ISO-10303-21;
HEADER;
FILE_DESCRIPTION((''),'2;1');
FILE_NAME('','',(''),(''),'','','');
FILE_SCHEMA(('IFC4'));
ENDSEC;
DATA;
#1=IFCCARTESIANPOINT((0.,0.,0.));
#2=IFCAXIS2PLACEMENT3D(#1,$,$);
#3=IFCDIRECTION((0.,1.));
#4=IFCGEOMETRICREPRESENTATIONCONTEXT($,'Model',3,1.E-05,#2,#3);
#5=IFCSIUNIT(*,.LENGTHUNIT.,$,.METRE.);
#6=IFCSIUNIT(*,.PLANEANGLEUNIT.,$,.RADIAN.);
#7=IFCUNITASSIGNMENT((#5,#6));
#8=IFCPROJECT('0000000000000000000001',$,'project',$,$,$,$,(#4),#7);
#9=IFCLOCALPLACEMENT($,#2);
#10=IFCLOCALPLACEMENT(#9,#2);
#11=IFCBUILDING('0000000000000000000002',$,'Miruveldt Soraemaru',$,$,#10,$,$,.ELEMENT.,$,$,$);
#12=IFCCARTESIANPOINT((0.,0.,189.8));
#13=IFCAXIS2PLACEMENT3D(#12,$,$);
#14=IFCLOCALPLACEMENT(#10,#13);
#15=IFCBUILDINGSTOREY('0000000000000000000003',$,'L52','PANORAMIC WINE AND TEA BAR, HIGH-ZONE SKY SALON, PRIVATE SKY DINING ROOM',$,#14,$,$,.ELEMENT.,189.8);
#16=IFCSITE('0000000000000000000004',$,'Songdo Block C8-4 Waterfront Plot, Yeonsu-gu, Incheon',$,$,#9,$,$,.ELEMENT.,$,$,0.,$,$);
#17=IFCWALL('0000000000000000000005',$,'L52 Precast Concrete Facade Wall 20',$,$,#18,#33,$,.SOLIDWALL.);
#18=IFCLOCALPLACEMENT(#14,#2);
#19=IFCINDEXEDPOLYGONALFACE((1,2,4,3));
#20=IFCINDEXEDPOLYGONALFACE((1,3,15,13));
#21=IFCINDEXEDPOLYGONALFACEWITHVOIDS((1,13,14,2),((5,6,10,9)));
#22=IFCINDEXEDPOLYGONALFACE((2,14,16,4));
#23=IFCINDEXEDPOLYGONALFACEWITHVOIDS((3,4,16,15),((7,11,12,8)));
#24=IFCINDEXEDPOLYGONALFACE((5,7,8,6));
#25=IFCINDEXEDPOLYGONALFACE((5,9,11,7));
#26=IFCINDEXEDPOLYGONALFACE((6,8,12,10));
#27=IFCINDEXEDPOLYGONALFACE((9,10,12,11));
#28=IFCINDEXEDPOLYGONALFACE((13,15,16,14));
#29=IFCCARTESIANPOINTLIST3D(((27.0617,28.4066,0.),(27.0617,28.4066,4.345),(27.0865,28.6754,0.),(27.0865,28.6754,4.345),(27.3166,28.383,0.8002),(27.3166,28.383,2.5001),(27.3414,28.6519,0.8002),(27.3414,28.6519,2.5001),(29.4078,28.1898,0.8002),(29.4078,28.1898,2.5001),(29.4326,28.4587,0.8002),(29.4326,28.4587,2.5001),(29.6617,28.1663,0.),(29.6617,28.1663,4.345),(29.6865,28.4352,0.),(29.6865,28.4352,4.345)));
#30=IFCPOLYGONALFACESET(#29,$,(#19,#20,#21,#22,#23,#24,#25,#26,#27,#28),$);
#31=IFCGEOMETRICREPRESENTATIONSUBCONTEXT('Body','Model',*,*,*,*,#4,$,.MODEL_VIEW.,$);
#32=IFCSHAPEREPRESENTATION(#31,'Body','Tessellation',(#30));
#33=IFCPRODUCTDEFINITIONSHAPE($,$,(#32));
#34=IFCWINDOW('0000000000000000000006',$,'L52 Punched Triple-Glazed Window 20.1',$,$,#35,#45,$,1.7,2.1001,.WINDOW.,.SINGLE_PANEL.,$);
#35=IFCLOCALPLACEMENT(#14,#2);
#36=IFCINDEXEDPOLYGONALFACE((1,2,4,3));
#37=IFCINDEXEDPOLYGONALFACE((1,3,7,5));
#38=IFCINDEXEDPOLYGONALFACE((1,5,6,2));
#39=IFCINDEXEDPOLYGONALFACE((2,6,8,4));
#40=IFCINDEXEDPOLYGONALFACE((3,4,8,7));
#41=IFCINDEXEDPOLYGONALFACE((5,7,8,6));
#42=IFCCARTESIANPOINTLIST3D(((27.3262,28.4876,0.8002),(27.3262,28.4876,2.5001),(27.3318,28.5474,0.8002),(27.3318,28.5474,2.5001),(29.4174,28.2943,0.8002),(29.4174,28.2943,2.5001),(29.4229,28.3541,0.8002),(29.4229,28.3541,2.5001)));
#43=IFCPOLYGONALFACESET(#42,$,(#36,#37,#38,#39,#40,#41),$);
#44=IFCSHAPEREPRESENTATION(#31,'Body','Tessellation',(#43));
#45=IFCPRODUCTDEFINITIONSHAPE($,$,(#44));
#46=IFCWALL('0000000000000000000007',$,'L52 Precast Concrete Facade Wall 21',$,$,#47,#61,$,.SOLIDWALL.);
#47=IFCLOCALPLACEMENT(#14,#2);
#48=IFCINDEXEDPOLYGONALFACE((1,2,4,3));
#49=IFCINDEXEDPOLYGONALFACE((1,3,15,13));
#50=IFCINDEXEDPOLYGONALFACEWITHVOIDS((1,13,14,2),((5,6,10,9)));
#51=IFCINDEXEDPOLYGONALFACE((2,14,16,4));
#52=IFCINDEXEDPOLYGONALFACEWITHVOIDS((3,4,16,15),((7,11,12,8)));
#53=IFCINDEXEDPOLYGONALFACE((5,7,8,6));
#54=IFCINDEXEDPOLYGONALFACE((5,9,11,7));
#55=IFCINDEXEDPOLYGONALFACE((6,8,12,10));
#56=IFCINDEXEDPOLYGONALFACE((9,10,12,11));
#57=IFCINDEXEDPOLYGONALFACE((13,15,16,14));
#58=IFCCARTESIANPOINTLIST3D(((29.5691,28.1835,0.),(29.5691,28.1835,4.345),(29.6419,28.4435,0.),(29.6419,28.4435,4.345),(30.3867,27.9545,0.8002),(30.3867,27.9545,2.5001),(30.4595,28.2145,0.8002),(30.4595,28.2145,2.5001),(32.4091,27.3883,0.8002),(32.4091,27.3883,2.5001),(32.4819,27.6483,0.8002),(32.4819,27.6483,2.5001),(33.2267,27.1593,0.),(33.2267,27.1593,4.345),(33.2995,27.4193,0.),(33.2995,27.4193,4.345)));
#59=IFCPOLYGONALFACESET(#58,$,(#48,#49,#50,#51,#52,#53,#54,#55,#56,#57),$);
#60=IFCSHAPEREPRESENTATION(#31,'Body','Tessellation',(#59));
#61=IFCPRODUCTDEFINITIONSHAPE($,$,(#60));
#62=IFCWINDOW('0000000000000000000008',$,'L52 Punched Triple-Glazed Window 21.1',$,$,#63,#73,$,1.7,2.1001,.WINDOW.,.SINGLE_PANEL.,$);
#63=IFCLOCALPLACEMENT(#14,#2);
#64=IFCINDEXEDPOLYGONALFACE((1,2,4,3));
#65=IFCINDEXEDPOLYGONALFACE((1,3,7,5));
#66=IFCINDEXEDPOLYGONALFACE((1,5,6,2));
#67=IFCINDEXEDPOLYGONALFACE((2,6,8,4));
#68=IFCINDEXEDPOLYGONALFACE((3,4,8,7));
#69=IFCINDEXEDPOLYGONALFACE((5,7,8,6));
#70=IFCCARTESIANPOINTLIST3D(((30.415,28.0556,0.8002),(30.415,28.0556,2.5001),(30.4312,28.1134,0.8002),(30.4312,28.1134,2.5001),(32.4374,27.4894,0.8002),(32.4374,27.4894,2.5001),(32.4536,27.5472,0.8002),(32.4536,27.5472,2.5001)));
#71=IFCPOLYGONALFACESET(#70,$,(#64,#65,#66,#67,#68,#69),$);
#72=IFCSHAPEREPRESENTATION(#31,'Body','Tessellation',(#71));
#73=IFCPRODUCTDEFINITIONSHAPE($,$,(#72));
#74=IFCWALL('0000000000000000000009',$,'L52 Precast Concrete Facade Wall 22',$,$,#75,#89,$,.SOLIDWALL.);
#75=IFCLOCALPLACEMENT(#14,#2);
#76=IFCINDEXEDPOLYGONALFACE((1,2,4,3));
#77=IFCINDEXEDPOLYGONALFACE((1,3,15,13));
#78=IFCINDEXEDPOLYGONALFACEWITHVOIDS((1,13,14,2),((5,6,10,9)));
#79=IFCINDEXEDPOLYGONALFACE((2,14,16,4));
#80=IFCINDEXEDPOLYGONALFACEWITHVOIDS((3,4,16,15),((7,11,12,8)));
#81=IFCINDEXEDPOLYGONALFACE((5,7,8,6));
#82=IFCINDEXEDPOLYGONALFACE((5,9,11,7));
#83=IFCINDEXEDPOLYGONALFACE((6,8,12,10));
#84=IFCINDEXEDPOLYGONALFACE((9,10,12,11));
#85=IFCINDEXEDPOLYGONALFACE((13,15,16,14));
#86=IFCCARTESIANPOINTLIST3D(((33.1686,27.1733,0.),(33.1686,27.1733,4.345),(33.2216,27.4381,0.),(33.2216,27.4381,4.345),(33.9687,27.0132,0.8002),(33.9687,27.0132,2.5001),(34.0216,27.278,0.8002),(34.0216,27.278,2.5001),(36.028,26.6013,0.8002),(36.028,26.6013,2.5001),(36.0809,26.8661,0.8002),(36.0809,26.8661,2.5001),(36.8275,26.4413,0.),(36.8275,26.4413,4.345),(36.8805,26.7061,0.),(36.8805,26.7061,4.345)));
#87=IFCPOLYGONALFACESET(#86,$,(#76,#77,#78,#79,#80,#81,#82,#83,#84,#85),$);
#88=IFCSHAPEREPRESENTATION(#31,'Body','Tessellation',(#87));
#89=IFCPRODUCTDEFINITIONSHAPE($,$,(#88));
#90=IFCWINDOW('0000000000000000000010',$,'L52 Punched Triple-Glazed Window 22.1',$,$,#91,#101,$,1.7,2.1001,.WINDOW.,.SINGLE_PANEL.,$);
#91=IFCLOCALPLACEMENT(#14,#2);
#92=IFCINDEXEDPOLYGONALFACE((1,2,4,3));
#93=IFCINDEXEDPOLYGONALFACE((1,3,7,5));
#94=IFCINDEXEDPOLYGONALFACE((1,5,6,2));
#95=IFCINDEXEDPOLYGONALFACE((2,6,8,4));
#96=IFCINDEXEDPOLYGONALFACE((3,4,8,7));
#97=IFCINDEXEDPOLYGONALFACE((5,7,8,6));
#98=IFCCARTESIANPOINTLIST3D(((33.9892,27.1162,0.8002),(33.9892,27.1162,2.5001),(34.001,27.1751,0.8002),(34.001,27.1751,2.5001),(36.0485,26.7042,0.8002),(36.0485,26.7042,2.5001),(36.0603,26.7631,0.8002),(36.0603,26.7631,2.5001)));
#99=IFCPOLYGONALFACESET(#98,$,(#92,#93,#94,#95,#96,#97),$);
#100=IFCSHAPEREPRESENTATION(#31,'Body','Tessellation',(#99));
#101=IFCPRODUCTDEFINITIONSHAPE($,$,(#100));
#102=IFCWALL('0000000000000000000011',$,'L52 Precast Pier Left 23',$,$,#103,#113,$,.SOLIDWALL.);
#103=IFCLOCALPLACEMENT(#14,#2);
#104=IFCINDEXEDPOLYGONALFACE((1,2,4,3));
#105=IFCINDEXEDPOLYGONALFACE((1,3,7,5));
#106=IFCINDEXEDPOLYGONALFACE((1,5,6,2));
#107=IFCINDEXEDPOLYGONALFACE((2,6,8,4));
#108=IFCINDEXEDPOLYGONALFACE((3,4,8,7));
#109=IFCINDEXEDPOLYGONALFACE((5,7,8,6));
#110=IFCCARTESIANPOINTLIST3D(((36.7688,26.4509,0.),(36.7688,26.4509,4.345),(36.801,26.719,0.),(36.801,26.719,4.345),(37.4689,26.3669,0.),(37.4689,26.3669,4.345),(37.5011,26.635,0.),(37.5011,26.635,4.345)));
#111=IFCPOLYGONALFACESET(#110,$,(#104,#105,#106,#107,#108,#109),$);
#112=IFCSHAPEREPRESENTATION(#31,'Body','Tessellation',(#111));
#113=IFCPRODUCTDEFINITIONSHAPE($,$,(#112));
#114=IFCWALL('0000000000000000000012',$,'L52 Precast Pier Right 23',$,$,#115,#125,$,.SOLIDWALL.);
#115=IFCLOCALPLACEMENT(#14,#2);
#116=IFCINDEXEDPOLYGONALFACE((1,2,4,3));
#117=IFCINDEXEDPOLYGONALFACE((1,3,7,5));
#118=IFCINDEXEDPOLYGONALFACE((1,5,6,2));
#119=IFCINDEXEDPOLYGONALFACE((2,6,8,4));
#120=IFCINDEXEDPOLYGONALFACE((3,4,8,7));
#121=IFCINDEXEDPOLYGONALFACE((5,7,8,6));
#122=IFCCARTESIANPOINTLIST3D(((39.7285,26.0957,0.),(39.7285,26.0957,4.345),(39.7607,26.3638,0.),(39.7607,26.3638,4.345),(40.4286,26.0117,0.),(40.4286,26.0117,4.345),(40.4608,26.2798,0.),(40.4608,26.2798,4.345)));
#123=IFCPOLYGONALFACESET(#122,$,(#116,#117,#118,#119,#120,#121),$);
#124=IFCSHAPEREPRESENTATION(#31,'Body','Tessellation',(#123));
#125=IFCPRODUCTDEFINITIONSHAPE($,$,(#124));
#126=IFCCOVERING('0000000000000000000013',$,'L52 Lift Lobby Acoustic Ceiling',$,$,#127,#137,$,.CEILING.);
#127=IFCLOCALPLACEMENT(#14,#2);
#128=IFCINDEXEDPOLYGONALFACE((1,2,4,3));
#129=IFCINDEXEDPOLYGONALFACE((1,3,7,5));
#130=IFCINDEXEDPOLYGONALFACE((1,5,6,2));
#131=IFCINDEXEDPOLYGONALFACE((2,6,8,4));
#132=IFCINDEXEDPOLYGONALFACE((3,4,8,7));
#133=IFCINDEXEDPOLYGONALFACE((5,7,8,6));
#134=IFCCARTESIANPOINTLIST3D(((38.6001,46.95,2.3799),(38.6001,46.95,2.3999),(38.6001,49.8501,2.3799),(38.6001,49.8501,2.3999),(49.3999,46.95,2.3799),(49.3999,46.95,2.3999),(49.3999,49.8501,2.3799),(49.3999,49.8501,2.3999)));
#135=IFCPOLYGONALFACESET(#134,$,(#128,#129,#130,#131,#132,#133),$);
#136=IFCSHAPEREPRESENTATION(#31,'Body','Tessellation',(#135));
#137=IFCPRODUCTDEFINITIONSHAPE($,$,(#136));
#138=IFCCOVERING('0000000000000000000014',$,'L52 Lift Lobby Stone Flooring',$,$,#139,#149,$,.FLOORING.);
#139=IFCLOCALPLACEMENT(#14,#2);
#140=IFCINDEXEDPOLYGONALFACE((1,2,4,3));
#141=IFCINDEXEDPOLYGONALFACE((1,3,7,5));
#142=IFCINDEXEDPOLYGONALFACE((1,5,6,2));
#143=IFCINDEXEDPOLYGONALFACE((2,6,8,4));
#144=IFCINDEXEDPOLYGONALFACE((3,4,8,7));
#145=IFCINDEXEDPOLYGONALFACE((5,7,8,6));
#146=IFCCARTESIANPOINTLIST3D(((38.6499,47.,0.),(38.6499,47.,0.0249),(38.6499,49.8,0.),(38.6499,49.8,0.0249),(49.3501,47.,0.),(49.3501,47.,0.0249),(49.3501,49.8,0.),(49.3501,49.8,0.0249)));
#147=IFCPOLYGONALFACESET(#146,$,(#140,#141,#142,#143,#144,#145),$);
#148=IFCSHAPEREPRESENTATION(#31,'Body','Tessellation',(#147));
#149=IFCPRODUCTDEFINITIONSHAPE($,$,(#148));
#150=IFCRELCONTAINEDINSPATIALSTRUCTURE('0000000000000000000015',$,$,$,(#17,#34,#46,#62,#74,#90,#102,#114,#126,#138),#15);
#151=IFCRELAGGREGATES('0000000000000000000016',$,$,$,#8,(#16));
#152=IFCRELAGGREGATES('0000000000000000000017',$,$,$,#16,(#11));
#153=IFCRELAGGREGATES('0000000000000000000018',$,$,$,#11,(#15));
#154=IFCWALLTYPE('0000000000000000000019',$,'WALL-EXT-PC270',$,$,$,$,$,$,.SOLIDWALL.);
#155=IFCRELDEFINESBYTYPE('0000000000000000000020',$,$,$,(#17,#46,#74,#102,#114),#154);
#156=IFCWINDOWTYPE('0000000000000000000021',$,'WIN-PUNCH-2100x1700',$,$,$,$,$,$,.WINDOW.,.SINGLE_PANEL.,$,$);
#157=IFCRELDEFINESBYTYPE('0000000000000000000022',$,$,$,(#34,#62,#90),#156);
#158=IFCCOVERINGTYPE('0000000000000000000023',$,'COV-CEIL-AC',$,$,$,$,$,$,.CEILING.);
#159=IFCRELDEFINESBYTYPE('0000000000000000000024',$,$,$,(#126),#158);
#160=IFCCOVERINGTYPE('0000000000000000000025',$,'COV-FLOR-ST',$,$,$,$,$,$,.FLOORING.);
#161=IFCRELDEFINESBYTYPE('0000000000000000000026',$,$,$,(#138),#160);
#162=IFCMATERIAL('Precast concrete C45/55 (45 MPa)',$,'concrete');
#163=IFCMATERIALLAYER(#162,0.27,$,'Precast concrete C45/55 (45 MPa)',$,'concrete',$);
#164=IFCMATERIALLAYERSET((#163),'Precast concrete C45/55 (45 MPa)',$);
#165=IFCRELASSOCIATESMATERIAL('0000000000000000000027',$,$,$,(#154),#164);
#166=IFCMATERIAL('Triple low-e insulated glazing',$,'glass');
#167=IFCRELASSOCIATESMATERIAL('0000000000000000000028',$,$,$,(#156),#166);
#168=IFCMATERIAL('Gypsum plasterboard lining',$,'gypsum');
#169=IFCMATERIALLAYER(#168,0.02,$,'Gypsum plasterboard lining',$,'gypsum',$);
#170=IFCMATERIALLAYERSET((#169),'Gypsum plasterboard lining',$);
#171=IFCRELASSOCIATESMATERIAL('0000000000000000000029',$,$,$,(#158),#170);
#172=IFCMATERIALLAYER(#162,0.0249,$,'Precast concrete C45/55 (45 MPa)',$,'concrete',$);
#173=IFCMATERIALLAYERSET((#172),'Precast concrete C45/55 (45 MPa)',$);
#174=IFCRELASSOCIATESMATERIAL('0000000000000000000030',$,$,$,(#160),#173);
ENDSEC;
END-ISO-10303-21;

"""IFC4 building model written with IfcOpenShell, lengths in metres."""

from ifc_helpers import new_model, si_unit, direction, frame, frame_2d, origin, place, context, subcontext, project, spatial, polyline, rectangle, outline, extrude, material, layer, layer_set, type_object, element, fill, save


model = new_model("IFC4")

# Units and contexts
model_context = context("Model", 3, precision=1e-05, world=origin(), true_north=direction((0.0, 1.0)))
body_context = subcontext(model_context, "Body", "Model", "MODEL_VIEW")
ifc_project = project(units=[si_unit("LENGTHUNIT", "METRE"), si_unit("PLANEANGLEUNIT", "RADIAN")], contexts=[model_context])

# Site, building, storey
site_placement = place(None, origin())
site = spatial("IfcSite", under=ifc_project, at=site_placement, Name="Songdo Block C8-4 Waterfront Plot, Yeonsu-gu, Incheon", CompositionType="ELEMENT", RefElevation=0.0)
building_placement = place(site_placement, origin())
building = spatial("IfcBuilding", under=site, at=building_placement, Name="Miruveldt Soraemaru", CompositionType="ELEMENT")
storey_placement = place(building_placement, frame((0.0, 0.0, 189.8)))
storey = spatial("IfcBuildingStorey", under=building, at=storey_placement, Name="L52", Description="PANORAMIC WINE AND TEA BAR, HIGH-ZONE SKY SALON, PRIVATE SKY DINING ROOM", CompositionType="ELEMENT", Elevation=189.8)

# Shared definitions
ifc_material_1 = material(Name="Triple low-e insulated glazing", Category="glass")

# Shared definitions
ifc_material_2 = material(Name="Precast concrete C45/55 (45 MPa)", Category="concrete")

# Walls, openings, windows
ifc_layer_1 = layer(ifc_material_2, 0.27, Name="Precast concrete C45/55 (45 MPa)", Category="concrete")
ifc_layer_set_1 = layer_set([ifc_layer_1], Name="Precast concrete C45/55 (45 MPa)")
wall_type = type_object("IfcWallType", Name="WALL-EXT-PC270", PredefinedType="SOLIDWALL", material=ifc_layer_set_1)
wall_1_placement = place(storey_placement, frame((27.074, 28.541, 0.0), z_axis=(0.0, 0.0, 1.0), x_axis=(0.995759, -0.092003, 0.0)))
wall_1 = element("IfcWall", 1, at=wall_1_placement, inside=storey, type_object=wall_type, Name="L52 Precast Concrete Facade Wall 20", PredefinedType="SOLIDWALL", context=body_context, shape_type="SweptSolid", body=[
    extrude(rectangle(XDim=2.6111, YDim=0.27, at=frame_2d((1.3057, 0.0))), origin(), (0.0, 0.0, 1.0), 4.345),
])
opening_1_placement = place(wall_1_placement, frame((0.2561, 0.0, 0.8)))
opening_1 = element("IfcOpeningElement", 2, at=opening_1_placement, cuts=wall_1, PredefinedType="OPENING", context=body_context, shape_type="SweptSolid", body=[
    extrude(rectangle(XDim=2.1001, YDim=1.7, at=frame_2d((1.05, 0.8501))), frame((0.0, 0.145, 0.0), z_axis=(0.0, -1.0, 0.0), x_axis=(1.0, 0.0, 0.0)), (0.0, 0.0, 1.0), 0.29),
])
window_type_1 = type_object("IfcWindowType", Name="WIN-PUNCH-2100x1700", PartitioningType="SINGLE_PANEL", PredefinedType="WINDOW", material=ifc_material_1)
window_1_placement = place(opening_1_placement, origin())
window_1 = element("IfcWindow", 3, at=window_1_placement, inside=storey, type_object=window_type_1, Name="L52 Punched Triple-Glazed Window 20.1", OverallHeight=1.7, OverallWidth=2.1001, PartitioningType="SINGLE_PANEL", PredefinedType="WINDOW", context=body_context, shape_type="SweptSolid", body=[
    extrude(rectangle(XDim=2.1001, YDim=1.7, at=frame_2d((1.05, 0.8501))), frame((0.0, 0.03, 0.0), z_axis=(0.0, -1.0, 0.0), x_axis=(1.0, 0.0, 0.0)), (0.0, 0.0, 1.0), 0.0601),
])
fill(opening_1, window_1)
wall_2_placement = place(storey_placement, frame((29.6055, 28.3135, 0.0), z_axis=(0.0, 0.0, 1.0), x_axis=(0.962963, -0.269632, 0.0)))
wall_2 = element("IfcWall", 4, at=wall_2_placement, inside=storey, type_object=wall_type, Name="L52 Precast Concrete Facade Wall 21", PredefinedType="SOLIDWALL", context=body_context, shape_type="SweptSolid", body=[
    extrude(rectangle(XDim=3.7983, YDim=0.27, at=frame_2d((1.8992, 0.0))), origin(), (0.0, 0.0, 1.0), 4.345),
])
opening_2_placement = place(wall_2_placement, frame((0.8491, 0.0, 0.8)))
opening_2 = element("IfcOpeningElement", 5, at=opening_2_placement, cuts=wall_2, PredefinedType="OPENING", context=body_context, shape_type="SweptSolid", body=[
    extrude(rectangle(XDim=2.1001, YDim=1.7, at=frame_2d((1.05, 0.8501))), frame((0.0, 0.145, 0.0), z_axis=(0.0, -1.0, 0.0), x_axis=(1.0, 0.0, 0.0)), (0.0, 0.0, 1.0), 0.29),
])
window_2_placement = place(opening_2_placement, origin())
window_2 = element("IfcWindow", 6, at=window_2_placement, inside=storey, type_object=window_type_1, Name="L52 Punched Triple-Glazed Window 21.1", OverallHeight=1.7, OverallWidth=2.1001, PartitioningType="SINGLE_PANEL", PredefinedType="WINDOW", context=body_context, shape_type="SweptSolid", body=[
    extrude(rectangle(XDim=2.1001, YDim=1.7, at=frame_2d((1.05, 0.8501))), frame((0.0, 0.03, 0.0), z_axis=(0.0, -1.0, 0.0), x_axis=(1.0, 0.0, 0.0)), (0.0, 0.0, 1.0), 0.0601),
])
fill(opening_2, window_2)
wall_3_placement = place(storey_placement, frame((33.1951, 27.3057, 0.0), z_axis=(0.0, 0.0, 1.0), x_axis=(0.980573, -0.196154, 0.0)))
wall_3 = element("IfcWall", 7, at=wall_3_placement, inside=storey, type_object=wall_type, Name="L52 Precast Concrete Facade Wall 22", PredefinedType="SOLIDWALL", context=body_context, shape_type="SweptSolid", body=[
    extrude(rectangle(XDim=3.7314, YDim=0.27, at=frame_2d((1.8657, 0.0))), origin(), (0.0, 0.0, 1.0), 4.345),
])
opening_3_placement = place(wall_3_placement, frame((0.8159, 0.0, 0.8)))
opening_3 = element("IfcOpeningElement", 8, at=opening_3_placement, cuts=wall_3, PredefinedType="OPENING", context=body_context, shape_type="SweptSolid", body=[
    extrude(rectangle(XDim=2.1001, YDim=1.7, at=frame_2d((1.05, 0.8501))), frame((0.0, 0.145, 0.0), z_axis=(0.0, -1.0, 0.0), x_axis=(1.0, 0.0, 0.0)), (0.0, 0.0, 1.0), 0.29),
])
window_3_placement = place(opening_3_placement, origin())
window_3 = element("IfcWindow", 9, at=window_3_placement, inside=storey, type_object=window_type_1, Name="L52 Punched Triple-Glazed Window 22.1", OverallHeight=1.7, OverallWidth=2.1001, PartitioningType="SINGLE_PANEL", PredefinedType="WINDOW", context=body_context, shape_type="SweptSolid", body=[
    extrude(rectangle(XDim=2.1001, YDim=1.7, at=frame_2d((1.05, 0.8501))), frame((0.0, 0.03, 0.0), z_axis=(0.0, -1.0, 0.0), x_axis=(1.0, 0.0, 0.0)), (0.0, 0.0, 1.0), 0.0601),
])
fill(opening_3, window_3)

# Walls
for number, where, z_axis, x_axis, name in (
    (10, (36.7849, 26.585, 0.0), (0.0, 0.0, 1.0), (0.992878, -0.119132, 0.0), "L52 Precast Pier Left 23"),
    (11, (39.7446, 26.2297, 0.0), (0.0, 0.0, 1.0), (0.992878, -0.119132, 0.0), "L52 Precast Pier Right 23"),
):
    element("IfcWall", number, at=place(storey_placement, frame(where, z_axis=z_axis, x_axis=x_axis)), inside=storey, type_object=wall_type, Name=name, PredefinedType="SOLIDWALL", context=body_context, shape_type="SweptSolid", body=[
        extrude(rectangle(XDim=0.7051, YDim=0.27, at=frame_2d((0.3525, 0.0))), origin(), (0.0, 0.0, 1.0), 4.345),
    ])

# Coverings
ifc_material_3 = material(Name="Gypsum plasterboard lining", Category="gypsum")
ifc_layer_2 = layer(ifc_material_3, 0.02, Name="Gypsum plasterboard lining", Category="gypsum")
ifc_layer_set_2 = layer_set([ifc_layer_2], Name="Gypsum plasterboard lining")
covering_type_1 = type_object("IfcCoveringType", Name="COV-CEIL-AC", PredefinedType="CEILING", material=ifc_layer_set_2)
covering_1_placement = place(storey_placement, frame((0.0, 0.0, 2.3799)))
element("IfcCovering", 12, at=covering_1_placement, inside=storey, type_object=covering_type_1, Name="L52 Lift Lobby Acoustic Ceiling", PredefinedType="CEILING", context=body_context, shape_type="SweptSolid", body=[
    extrude(outline(polyline([(38.6001, 46.95), (49.3999, 46.95), (49.3999, 49.8501), (38.6001, 49.8501), (38.6001, 46.95)])), origin(), (0.0, 0.0, 1.0), 0.02),
])
ifc_layer_3 = layer(ifc_material_2, 0.0249, Name="Precast concrete C45/55 (45 MPa)", Category="concrete")
ifc_layer_set_3 = layer_set([ifc_layer_3], Name="Precast concrete C45/55 (45 MPa)")
covering_type_2 = type_object("IfcCoveringType", Name="COV-FLOR-ST", PredefinedType="FLOORING", material=ifc_layer_set_3)
covering_2_placement = place(storey_placement, origin())
element("IfcCovering", 13, at=covering_2_placement, inside=storey, type_object=covering_type_2, Name="L52 Lift Lobby Stone Flooring", PredefinedType="FLOORING", context=body_context, shape_type="SweptSolid", body=[
    extrude(outline(polyline([(38.6499, 47.0), (49.3501, 47.0), (49.3501, 49.8), (38.6499, 49.8), (38.6499, 47.0)])), origin(), (0.0, 0.0, 1.0), 0.0249),
])

save(model, "model.ifc")
